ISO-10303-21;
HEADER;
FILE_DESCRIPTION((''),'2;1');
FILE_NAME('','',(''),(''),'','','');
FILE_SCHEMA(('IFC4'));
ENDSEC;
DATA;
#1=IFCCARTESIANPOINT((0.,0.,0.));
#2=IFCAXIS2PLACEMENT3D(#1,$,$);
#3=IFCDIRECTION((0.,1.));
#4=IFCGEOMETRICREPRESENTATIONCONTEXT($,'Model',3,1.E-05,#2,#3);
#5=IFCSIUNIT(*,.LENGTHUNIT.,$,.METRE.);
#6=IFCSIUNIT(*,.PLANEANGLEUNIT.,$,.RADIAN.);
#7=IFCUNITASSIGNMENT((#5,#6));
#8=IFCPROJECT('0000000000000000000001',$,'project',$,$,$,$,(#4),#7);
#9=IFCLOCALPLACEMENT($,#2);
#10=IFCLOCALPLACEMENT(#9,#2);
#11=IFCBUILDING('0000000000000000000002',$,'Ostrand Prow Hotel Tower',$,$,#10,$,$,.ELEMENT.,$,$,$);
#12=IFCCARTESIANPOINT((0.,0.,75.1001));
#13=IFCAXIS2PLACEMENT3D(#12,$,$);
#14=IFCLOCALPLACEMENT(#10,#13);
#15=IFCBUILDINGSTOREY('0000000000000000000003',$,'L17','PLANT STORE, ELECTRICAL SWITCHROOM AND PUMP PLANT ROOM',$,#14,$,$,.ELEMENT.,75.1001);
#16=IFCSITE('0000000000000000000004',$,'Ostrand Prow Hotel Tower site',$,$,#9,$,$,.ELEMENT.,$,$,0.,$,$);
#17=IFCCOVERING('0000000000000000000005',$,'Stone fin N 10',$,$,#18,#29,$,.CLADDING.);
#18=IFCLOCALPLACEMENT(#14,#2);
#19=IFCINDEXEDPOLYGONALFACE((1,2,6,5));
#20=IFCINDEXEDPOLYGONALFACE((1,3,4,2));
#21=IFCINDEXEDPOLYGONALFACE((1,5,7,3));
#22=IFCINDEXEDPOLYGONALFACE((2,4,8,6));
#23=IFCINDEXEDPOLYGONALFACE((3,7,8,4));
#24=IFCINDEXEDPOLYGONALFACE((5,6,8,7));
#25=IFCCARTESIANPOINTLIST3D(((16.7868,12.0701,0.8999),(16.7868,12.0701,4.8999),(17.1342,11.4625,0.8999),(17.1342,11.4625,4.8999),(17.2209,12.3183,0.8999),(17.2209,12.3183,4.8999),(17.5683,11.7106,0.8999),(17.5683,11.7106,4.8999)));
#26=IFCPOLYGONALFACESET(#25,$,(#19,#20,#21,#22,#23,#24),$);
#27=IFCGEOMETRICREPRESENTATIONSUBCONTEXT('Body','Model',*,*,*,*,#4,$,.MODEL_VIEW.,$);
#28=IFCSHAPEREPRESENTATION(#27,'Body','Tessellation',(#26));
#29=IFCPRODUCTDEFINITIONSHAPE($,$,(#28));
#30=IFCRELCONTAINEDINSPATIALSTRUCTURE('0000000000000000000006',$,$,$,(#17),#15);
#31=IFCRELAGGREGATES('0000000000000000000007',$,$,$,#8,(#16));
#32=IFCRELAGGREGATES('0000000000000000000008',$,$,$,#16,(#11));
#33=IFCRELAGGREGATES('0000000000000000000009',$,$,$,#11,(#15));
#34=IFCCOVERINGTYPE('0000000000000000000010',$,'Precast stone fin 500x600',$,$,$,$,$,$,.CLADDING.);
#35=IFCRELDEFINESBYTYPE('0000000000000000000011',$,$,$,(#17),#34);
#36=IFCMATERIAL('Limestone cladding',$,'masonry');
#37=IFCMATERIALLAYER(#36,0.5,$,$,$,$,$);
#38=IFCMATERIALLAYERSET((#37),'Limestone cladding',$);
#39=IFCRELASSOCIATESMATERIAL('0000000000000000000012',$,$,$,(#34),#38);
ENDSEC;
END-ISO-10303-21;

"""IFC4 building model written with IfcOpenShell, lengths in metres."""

from ifc_helpers import new_model, si_unit, direction, frame, frame_2d, origin, place, context, subcontext, project, spatial, rectangle, extrude, material, layer, layer_set, type_object, element, save


model = new_model("IFC4")

# Units and contexts
model_context = context("Model", 3, precision=1e-05, world=origin(), true_north=direction((0.0, 1.0)))
body_context = subcontext(model_context, "Body", "Model", "MODEL_VIEW")
ifc_project = project(units=[si_unit("LENGTHUNIT", "METRE"), si_unit("PLANEANGLEUNIT", "RADIAN")], contexts=[model_context])

# Site, building, storey
site_placement = place(None, origin())
site = spatial("IfcSite", under=ifc_project, at=site_placement, Name="Ostrand Prow Hotel Tower site", CompositionType="ELEMENT", RefElevation=0.0)
building_placement = place(site_placement, origin())
building = spatial("IfcBuilding", under=site, at=building_placement, Name="Ostrand Prow Hotel Tower", CompositionType="ELEMENT")
storey_placement = place(building_placement, frame((0.0, 0.0, 75.1001)))
storey = spatial("IfcBuildingStorey", under=building, at=storey_placement, Name="L17", Description="PLANT STORE, ELECTRICAL SWITCHROOM AND PUMP PLANT ROOM", CompositionType="ELEMENT", Elevation=75.1001)

# Covering
ifc_material_1 = material(Name="Limestone cladding", Category="masonry")
ifc_layer_1 = layer(ifc_material_1, 0.5)
ifc_layer_set_1 = layer_set([ifc_layer_1], Name="Limestone cladding")
covering_type = type_object("IfcCoveringType", Name="Precast stone fin 500x600", PredefinedType="CLADDING", material=ifc_layer_set_1)
covering_placement = place(storey_placement, frame((17.3513, 11.5864, 0.8999), z_axis=(0.0, 0.0, 1.0), x_axis=(-0.496327, 0.868136, 0.0)))
element("IfcCovering", 1, at=covering_placement, inside=storey, type_object=covering_type, Name="Stone fin N 10", PredefinedType="CLADDING", context=body_context, shape_type="SweptSolid", body=[
    extrude(rectangle(XDim=0.7, YDim=0.5, at=frame_2d((0.3501, 0.0))), origin(), (0.0, 0.0, 1.0), 4.0),
])

save(model, "model.ifc")
